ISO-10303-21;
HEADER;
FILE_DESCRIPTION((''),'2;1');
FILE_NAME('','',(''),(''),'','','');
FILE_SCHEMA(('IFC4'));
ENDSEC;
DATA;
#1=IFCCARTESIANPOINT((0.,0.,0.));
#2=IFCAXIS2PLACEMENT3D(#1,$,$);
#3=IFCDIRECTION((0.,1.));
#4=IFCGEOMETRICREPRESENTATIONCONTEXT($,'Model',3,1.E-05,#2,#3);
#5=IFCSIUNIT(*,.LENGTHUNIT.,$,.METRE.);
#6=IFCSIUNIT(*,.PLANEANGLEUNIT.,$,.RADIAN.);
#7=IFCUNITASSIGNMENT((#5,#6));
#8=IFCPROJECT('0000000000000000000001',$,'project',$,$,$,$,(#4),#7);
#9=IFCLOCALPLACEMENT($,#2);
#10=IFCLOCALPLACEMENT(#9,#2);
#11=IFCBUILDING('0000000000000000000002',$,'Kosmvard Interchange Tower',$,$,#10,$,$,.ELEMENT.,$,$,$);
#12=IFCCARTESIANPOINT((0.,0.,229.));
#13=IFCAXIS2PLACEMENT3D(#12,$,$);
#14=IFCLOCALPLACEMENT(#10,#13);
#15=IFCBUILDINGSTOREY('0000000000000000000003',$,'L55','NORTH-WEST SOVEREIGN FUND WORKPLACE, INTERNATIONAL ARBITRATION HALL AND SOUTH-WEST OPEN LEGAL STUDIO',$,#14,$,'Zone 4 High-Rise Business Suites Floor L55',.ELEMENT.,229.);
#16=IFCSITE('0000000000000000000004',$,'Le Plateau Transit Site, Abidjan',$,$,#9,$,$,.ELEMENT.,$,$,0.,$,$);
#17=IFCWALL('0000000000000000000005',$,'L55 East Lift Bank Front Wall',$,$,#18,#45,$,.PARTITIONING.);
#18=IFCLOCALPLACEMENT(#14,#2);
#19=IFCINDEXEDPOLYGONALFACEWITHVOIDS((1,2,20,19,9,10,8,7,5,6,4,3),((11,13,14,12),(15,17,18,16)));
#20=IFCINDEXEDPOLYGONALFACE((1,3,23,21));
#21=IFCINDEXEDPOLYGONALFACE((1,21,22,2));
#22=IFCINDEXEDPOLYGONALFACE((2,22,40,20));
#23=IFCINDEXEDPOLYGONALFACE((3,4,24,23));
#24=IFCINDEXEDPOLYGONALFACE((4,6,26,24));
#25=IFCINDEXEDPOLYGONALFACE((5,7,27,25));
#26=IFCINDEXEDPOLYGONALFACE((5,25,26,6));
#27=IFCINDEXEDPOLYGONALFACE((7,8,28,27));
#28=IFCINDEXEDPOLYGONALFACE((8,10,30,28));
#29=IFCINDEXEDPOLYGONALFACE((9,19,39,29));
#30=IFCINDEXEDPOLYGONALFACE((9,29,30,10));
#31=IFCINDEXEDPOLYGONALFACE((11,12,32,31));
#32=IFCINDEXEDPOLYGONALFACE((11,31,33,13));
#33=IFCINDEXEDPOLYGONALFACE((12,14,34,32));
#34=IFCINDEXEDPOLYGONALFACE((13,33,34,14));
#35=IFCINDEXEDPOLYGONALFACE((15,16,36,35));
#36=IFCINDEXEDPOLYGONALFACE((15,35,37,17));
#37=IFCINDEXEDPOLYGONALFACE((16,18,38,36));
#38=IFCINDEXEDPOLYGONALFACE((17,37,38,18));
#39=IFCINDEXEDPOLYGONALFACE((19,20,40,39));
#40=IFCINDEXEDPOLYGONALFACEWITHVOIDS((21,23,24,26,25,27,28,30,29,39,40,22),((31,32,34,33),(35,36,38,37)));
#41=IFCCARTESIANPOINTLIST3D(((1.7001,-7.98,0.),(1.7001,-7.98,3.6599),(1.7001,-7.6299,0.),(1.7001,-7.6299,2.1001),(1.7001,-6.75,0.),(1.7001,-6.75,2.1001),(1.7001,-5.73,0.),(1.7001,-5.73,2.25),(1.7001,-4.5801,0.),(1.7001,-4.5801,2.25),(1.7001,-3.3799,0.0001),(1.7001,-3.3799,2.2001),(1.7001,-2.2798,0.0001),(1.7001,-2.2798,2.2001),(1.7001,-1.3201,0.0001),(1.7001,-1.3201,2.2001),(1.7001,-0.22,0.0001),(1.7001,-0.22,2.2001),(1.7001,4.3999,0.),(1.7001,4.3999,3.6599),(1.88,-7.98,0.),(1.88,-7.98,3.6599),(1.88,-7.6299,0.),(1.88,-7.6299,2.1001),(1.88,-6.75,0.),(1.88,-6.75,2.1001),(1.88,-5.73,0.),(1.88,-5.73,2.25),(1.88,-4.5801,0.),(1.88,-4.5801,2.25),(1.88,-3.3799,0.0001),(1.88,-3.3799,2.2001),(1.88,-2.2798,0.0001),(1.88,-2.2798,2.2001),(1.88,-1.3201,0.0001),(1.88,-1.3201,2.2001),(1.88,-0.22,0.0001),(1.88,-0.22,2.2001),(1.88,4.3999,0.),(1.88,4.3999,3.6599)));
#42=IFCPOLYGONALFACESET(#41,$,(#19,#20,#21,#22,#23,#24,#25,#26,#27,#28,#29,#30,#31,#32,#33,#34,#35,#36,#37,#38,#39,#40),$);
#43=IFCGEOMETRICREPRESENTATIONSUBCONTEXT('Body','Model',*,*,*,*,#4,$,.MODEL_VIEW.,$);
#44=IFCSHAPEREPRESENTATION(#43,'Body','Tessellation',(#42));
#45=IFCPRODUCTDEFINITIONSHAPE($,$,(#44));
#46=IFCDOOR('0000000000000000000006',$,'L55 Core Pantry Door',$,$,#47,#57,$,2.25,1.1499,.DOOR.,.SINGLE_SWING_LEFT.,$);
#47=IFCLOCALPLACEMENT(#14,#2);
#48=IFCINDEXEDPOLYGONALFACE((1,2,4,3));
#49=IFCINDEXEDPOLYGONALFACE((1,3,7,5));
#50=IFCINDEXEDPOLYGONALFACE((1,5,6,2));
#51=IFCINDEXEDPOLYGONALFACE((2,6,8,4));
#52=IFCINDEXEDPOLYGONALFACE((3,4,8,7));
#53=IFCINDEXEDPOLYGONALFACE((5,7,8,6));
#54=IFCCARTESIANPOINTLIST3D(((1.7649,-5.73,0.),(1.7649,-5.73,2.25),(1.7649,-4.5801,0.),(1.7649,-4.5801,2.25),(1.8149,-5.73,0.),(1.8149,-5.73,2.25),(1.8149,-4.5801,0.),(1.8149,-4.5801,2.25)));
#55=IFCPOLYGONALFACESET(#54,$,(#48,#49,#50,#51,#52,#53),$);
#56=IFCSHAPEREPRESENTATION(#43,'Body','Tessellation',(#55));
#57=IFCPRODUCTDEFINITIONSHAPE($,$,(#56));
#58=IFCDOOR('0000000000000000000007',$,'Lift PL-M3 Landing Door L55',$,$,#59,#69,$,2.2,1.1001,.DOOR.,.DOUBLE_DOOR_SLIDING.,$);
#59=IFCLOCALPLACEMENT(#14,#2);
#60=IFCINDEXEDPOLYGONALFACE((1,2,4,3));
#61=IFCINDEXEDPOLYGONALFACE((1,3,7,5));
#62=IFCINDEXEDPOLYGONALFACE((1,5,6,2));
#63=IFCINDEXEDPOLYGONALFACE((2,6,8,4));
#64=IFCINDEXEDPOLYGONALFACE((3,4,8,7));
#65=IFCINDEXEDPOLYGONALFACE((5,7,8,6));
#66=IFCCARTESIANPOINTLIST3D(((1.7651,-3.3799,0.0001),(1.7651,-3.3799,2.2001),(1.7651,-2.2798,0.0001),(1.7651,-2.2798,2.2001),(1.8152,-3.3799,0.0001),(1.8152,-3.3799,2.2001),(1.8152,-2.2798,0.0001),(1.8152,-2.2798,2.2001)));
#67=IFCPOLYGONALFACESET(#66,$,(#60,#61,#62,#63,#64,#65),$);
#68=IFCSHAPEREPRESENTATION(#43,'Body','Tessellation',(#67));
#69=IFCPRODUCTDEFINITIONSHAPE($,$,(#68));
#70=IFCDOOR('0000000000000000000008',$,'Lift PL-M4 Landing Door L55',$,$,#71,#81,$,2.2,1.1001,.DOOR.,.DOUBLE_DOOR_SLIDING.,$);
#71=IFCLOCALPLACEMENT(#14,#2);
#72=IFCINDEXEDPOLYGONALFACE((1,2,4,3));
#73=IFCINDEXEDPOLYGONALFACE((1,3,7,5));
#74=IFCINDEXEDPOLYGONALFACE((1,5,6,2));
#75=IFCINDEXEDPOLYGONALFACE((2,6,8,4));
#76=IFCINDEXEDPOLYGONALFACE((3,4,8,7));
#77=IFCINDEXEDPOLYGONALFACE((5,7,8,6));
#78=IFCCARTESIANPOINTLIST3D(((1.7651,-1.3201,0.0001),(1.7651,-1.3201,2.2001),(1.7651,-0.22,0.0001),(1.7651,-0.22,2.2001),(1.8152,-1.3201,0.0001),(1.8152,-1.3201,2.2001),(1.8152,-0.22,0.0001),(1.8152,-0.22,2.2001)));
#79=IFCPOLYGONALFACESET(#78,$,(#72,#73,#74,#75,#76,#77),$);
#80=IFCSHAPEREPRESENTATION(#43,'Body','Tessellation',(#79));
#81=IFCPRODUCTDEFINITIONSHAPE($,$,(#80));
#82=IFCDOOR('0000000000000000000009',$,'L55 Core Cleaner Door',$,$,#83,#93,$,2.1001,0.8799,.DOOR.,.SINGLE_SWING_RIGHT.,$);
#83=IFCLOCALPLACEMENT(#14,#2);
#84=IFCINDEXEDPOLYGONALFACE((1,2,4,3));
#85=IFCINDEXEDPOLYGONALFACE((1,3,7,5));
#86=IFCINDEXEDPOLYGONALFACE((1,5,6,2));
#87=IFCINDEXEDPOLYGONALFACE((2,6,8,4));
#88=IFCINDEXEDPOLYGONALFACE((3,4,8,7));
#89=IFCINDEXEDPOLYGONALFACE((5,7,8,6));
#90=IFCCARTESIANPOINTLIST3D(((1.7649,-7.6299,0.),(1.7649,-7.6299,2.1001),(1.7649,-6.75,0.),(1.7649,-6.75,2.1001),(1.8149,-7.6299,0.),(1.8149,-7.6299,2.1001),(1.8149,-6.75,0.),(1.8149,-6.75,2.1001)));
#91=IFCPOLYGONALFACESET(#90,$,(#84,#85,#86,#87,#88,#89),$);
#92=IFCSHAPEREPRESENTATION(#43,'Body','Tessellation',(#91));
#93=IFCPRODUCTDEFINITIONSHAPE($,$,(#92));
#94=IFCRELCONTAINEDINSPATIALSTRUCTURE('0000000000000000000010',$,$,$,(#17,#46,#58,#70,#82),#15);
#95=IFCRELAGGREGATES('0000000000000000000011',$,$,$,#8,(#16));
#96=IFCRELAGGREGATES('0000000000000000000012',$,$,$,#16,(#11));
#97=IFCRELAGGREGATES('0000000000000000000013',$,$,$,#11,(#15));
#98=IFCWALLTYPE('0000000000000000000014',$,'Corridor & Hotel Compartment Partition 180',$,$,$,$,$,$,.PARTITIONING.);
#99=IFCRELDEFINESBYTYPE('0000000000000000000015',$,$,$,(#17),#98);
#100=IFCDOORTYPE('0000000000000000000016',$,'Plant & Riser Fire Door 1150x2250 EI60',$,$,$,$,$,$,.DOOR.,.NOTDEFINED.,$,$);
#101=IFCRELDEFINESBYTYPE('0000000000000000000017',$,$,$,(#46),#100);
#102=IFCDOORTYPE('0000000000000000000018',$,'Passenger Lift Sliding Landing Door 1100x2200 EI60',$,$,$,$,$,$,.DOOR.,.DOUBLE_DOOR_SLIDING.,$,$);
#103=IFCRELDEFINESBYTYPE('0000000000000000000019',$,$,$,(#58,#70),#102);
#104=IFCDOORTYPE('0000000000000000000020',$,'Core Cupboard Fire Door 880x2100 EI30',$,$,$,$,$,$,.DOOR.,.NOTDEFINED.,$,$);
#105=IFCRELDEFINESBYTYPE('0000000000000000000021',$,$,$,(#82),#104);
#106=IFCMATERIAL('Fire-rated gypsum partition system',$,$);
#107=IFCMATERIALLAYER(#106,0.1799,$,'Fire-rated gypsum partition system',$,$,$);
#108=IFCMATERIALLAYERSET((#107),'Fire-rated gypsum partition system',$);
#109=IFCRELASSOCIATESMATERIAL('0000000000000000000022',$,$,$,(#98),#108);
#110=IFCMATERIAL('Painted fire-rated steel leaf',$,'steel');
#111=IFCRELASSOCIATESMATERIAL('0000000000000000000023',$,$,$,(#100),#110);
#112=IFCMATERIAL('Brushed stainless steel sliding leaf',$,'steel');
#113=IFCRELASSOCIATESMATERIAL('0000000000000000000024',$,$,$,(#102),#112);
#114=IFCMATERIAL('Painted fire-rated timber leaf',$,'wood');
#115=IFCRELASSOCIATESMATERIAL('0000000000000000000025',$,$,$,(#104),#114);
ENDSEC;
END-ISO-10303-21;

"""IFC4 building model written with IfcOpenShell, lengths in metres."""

from ifc_helpers import new_model, si_unit, direction, frame, frame_2d, origin, place, context, subcontext, project, spatial, rectangle, extrude, source, transform, mapped, material, layer, layer_set, type_object, element, fill, save


model = new_model("IFC4")

# Units and contexts
model_context = context("Model", 3, precision=1e-05, world=origin(), true_north=direction((0.0, 1.0)))
body_context = subcontext(model_context, "Body", "Model", "MODEL_VIEW")
ifc_project = project(units=[si_unit("LENGTHUNIT", "METRE"), si_unit("PLANEANGLEUNIT", "RADIAN")], contexts=[model_context])

# Site, building, storey
site_placement = place(None, origin())
site = spatial("IfcSite", under=ifc_project, at=site_placement, Name="Le Plateau Transit Site, Abidjan", CompositionType="ELEMENT", RefElevation=0.0)
building_placement = place(site_placement, origin())
building = spatial("IfcBuilding", under=site, at=building_placement, Name="Kosmvard Interchange Tower", CompositionType="ELEMENT")
storey_placement = place(building_placement, frame((0.0, 0.0, 229.0)))
storey = spatial("IfcBuildingStorey", under=building, at=storey_placement, Name="L55", Description="NORTH-WEST SOVEREIGN FUND WORKPLACE, INTERNATIONAL ARBITRATION HALL AND SOUTH-WEST OPEN LEGAL STUDIO", LongName="Zone 4 High-Rise Business Suites Floor L55", CompositionType="ELEMENT", Elevation=229.0)

# Shared definitions
ifc_material_1 = material(Name="Fire-rated gypsum partition system")

# Wall, openings, doors
ifc_layer_1 = layer(ifc_material_1, 0.1799, Name="Fire-rated gypsum partition system")
ifc_layer_set_1 = layer_set([ifc_layer_1], Name="Fire-rated gypsum partition system")
wall_type_1 = type_object("IfcWallType", Name="Corridor & Hotel Compartment Partition 180", PredefinedType="PARTITIONING", material=ifc_layer_set_1)
wall_1_placement = place(storey_placement, frame((1.79, -7.98, 0.0), z_axis=(0.0, 0.0, 1.0), x_axis=(0.0, 1.0, 0.0)))
wall_1 = element("IfcWall", 1, at=wall_1_placement, inside=storey, type_object=wall_type_1, Name="L55 East Lift Bank Front Wall", PredefinedType="PARTITIONING", context=body_context, shape_type="SweptSolid", body=[
    extrude(rectangle(XDim=12.3799, YDim=0.1799, at=frame_2d((6.1899, 0.0))), origin(), (0.0, 0.0, 1.0), 3.6599),
])
opening_1_placement = place(wall_1_placement, frame((4.6001, 0.0, 0.0)))
opening_1 = element("IfcOpeningElement", 2, at=opening_1_placement, cuts=wall_1, PredefinedType="OPENING", context=body_context, shape_type="SweptSolid", body=[
    extrude(rectangle(XDim=1.1001, YDim=2.2, at=frame_2d((0.55, 1.1001))), frame((0.0, 0.1001, 0.0), z_axis=(0.0, -1.0, 0.0), x_axis=(1.0, 0.0, 0.0)), (0.0, 0.0, 1.0), 0.2),
])
opening_2_placement = place(wall_1_placement, frame((6.6599, 0.0, 0.0)))
opening_2 = element("IfcOpeningElement", 3, at=opening_2_placement, cuts=wall_1, PredefinedType="OPENING", context=body_context, shape_type="SweptSolid", body=[
    extrude(rectangle(XDim=1.1001, YDim=2.2, at=frame_2d((0.55, 1.1001))), frame((0.0, 0.1001, 0.0), z_axis=(0.0, -1.0, 0.0), x_axis=(1.0, 0.0, 0.0)), (0.0, 0.0, 1.0), 0.2),
])
opening_3_placement = place(wall_1_placement, frame((0.3501, 0.0, 0.0)))
opening_3 = element("IfcOpeningElement", 4, at=opening_3_placement, cuts=wall_1, PredefinedType="OPENING", context=body_context, shape_type="SweptSolid", body=[
    extrude(rectangle(XDim=0.8799, YDim=2.1001, at=frame_2d((0.4399, 1.05))), frame((0.0, 0.1001, 0.0), z_axis=(0.0, -1.0, 0.0), x_axis=(1.0, 0.0, 0.0)), (0.0, 0.0, 1.0), 0.2),
])
opening_4_placement = place(wall_1_placement, frame((2.25, 0.0, 0.0)))
opening_4 = element("IfcOpeningElement", 5, at=opening_4_placement, cuts=wall_1, PredefinedType="OPENING", context=body_context, shape_type="SweptSolid", body=[
    extrude(rectangle(XDim=1.1499, YDim=2.25, at=frame_2d((0.575, 1.125))), frame((0.0, 0.1001, 0.0), z_axis=(0.0, -1.0, 0.0), x_axis=(1.0, 0.0, 0.0)), (0.0, 0.0, 1.0), 0.2),
])
ifc_material_2 = material(Name="Painted fire-rated steel leaf", Category="steel")
door_type_1 = type_object("IfcDoorType", Name="Plant & Riser Fire Door 1150x2250 EI60", OperationType="NOTDEFINED", PredefinedType="DOOR", material=ifc_material_2)
shared_shape_1 = source(origin(), body_context, "Body", "SweptSolid", [
    extrude(rectangle(XDim=1.1499, YDim=2.25, at=frame_2d((0.575, 1.125))), frame((0.0, 0.0249, 0.0), z_axis=(0.0, -1.0, 0.0), x_axis=(1.0, 0.0, 0.0)), (0.0, 0.0, 1.0), 0.05),
])
door_1_placement = place(opening_4_placement, frame((1.1499, 0.0, 0.0), z_axis=(0.0, 0.0, 1.0), x_axis=(-1.0, 0.0, 0.0)))
door_1 = element("IfcDoor", 6, at=door_1_placement, inside=storey, type_object=door_type_1, Name="L55 Core Pantry Door", OperationType="SINGLE_SWING_LEFT", OverallHeight=2.25, OverallWidth=1.1499, PredefinedType="DOOR", context=body_context, shape_type="MappedRepresentation", body=[
    mapped(shared_shape_1, transform((0.0, 0.0, 0.0), scale=1.0)),
])
fill(opening_4, door_1)
ifc_material_3 = material(Name="Brushed stainless steel sliding leaf", Category="steel")
door_type_2 = type_object("IfcDoorType", Name="Passenger Lift Sliding Landing Door 1100x2200 EI60", OperationType="DOUBLE_DOOR_SLIDING", PredefinedType="DOOR", material=ifc_material_3)
shared_shape_2 = source(origin(), body_context, "Body", "SweptSolid", [
    extrude(rectangle(XDim=1.1001, YDim=2.2, at=frame_2d((0.55, 1.1001))), frame((0.0, 0.0249, 0.0), z_axis=(0.0, -1.0, 0.0), x_axis=(1.0, 0.0, 0.0)), (0.0, 0.0, 1.0), 0.05),
])
door_2_placement = place(opening_1_placement, origin())
door_2 = element("IfcDoor", 7, at=door_2_placement, inside=storey, type_object=door_type_2, Name="Lift PL-M3 Landing Door L55", OperationType="DOUBLE_DOOR_SLIDING", OverallHeight=2.2, OverallWidth=1.1001, PredefinedType="DOOR", context=body_context, shape_type="MappedRepresentation", body=[
    mapped(shared_shape_2, transform((0.0, 0.0, 0.0), scale=1.0)),
])
fill(opening_1, door_2)
door_3_placement = place(opening_2_placement, origin())
door_3 = element("IfcDoor", 8, at=door_3_placement, inside=storey, type_object=door_type_2, Name="Lift PL-M4 Landing Door L55", OperationType="DOUBLE_DOOR_SLIDING", OverallHeight=2.2, OverallWidth=1.1001, PredefinedType="DOOR", context=body_context, shape_type="MappedRepresentation", body=[
    mapped(shared_shape_2, transform((0.0, 0.0, 0.0), scale=1.0)),
])
fill(opening_2, door_3)
ifc_material_4 = material(Name="Painted fire-rated timber leaf", Category="wood")
door_type_3 = type_object("IfcDoorType", Name="Core Cupboard Fire Door 880x2100 EI30", OperationType="NOTDEFINED", PredefinedType="DOOR", material=ifc_material_4)
shared_shape_3 = source(origin(), body_context, "Body", "SweptSolid", [
    extrude(rectangle(XDim=0.8799, YDim=2.1001, at=frame_2d((0.4399, 1.05))), frame((0.0, 0.0249, 0.0), z_axis=(0.0, -1.0, 0.0), x_axis=(1.0, 0.0, 0.0)), (0.0, 0.0, 1.0), 0.05),
])
door_4_placement = place(opening_3_placement, frame((0.8799, 0.0, 0.0), z_axis=(0.0, 0.0, 1.0), x_axis=(-1.0, 0.0, 0.0)))
door_4 = element("IfcDoor", 9, at=door_4_placement, inside=storey, type_object=door_type_3, Name="L55 Core Cleaner Door", OperationType="SINGLE_SWING_RIGHT", OverallHeight=2.1001, OverallWidth=0.8799, PredefinedType="DOOR", context=body_context, shape_type="MappedRepresentation", body=[
    mapped(shared_shape_3, transform((0.0, 0.0, 0.0), scale=1.0)),
])
fill(opening_3, door_4)

save(model, "model.ifc")
